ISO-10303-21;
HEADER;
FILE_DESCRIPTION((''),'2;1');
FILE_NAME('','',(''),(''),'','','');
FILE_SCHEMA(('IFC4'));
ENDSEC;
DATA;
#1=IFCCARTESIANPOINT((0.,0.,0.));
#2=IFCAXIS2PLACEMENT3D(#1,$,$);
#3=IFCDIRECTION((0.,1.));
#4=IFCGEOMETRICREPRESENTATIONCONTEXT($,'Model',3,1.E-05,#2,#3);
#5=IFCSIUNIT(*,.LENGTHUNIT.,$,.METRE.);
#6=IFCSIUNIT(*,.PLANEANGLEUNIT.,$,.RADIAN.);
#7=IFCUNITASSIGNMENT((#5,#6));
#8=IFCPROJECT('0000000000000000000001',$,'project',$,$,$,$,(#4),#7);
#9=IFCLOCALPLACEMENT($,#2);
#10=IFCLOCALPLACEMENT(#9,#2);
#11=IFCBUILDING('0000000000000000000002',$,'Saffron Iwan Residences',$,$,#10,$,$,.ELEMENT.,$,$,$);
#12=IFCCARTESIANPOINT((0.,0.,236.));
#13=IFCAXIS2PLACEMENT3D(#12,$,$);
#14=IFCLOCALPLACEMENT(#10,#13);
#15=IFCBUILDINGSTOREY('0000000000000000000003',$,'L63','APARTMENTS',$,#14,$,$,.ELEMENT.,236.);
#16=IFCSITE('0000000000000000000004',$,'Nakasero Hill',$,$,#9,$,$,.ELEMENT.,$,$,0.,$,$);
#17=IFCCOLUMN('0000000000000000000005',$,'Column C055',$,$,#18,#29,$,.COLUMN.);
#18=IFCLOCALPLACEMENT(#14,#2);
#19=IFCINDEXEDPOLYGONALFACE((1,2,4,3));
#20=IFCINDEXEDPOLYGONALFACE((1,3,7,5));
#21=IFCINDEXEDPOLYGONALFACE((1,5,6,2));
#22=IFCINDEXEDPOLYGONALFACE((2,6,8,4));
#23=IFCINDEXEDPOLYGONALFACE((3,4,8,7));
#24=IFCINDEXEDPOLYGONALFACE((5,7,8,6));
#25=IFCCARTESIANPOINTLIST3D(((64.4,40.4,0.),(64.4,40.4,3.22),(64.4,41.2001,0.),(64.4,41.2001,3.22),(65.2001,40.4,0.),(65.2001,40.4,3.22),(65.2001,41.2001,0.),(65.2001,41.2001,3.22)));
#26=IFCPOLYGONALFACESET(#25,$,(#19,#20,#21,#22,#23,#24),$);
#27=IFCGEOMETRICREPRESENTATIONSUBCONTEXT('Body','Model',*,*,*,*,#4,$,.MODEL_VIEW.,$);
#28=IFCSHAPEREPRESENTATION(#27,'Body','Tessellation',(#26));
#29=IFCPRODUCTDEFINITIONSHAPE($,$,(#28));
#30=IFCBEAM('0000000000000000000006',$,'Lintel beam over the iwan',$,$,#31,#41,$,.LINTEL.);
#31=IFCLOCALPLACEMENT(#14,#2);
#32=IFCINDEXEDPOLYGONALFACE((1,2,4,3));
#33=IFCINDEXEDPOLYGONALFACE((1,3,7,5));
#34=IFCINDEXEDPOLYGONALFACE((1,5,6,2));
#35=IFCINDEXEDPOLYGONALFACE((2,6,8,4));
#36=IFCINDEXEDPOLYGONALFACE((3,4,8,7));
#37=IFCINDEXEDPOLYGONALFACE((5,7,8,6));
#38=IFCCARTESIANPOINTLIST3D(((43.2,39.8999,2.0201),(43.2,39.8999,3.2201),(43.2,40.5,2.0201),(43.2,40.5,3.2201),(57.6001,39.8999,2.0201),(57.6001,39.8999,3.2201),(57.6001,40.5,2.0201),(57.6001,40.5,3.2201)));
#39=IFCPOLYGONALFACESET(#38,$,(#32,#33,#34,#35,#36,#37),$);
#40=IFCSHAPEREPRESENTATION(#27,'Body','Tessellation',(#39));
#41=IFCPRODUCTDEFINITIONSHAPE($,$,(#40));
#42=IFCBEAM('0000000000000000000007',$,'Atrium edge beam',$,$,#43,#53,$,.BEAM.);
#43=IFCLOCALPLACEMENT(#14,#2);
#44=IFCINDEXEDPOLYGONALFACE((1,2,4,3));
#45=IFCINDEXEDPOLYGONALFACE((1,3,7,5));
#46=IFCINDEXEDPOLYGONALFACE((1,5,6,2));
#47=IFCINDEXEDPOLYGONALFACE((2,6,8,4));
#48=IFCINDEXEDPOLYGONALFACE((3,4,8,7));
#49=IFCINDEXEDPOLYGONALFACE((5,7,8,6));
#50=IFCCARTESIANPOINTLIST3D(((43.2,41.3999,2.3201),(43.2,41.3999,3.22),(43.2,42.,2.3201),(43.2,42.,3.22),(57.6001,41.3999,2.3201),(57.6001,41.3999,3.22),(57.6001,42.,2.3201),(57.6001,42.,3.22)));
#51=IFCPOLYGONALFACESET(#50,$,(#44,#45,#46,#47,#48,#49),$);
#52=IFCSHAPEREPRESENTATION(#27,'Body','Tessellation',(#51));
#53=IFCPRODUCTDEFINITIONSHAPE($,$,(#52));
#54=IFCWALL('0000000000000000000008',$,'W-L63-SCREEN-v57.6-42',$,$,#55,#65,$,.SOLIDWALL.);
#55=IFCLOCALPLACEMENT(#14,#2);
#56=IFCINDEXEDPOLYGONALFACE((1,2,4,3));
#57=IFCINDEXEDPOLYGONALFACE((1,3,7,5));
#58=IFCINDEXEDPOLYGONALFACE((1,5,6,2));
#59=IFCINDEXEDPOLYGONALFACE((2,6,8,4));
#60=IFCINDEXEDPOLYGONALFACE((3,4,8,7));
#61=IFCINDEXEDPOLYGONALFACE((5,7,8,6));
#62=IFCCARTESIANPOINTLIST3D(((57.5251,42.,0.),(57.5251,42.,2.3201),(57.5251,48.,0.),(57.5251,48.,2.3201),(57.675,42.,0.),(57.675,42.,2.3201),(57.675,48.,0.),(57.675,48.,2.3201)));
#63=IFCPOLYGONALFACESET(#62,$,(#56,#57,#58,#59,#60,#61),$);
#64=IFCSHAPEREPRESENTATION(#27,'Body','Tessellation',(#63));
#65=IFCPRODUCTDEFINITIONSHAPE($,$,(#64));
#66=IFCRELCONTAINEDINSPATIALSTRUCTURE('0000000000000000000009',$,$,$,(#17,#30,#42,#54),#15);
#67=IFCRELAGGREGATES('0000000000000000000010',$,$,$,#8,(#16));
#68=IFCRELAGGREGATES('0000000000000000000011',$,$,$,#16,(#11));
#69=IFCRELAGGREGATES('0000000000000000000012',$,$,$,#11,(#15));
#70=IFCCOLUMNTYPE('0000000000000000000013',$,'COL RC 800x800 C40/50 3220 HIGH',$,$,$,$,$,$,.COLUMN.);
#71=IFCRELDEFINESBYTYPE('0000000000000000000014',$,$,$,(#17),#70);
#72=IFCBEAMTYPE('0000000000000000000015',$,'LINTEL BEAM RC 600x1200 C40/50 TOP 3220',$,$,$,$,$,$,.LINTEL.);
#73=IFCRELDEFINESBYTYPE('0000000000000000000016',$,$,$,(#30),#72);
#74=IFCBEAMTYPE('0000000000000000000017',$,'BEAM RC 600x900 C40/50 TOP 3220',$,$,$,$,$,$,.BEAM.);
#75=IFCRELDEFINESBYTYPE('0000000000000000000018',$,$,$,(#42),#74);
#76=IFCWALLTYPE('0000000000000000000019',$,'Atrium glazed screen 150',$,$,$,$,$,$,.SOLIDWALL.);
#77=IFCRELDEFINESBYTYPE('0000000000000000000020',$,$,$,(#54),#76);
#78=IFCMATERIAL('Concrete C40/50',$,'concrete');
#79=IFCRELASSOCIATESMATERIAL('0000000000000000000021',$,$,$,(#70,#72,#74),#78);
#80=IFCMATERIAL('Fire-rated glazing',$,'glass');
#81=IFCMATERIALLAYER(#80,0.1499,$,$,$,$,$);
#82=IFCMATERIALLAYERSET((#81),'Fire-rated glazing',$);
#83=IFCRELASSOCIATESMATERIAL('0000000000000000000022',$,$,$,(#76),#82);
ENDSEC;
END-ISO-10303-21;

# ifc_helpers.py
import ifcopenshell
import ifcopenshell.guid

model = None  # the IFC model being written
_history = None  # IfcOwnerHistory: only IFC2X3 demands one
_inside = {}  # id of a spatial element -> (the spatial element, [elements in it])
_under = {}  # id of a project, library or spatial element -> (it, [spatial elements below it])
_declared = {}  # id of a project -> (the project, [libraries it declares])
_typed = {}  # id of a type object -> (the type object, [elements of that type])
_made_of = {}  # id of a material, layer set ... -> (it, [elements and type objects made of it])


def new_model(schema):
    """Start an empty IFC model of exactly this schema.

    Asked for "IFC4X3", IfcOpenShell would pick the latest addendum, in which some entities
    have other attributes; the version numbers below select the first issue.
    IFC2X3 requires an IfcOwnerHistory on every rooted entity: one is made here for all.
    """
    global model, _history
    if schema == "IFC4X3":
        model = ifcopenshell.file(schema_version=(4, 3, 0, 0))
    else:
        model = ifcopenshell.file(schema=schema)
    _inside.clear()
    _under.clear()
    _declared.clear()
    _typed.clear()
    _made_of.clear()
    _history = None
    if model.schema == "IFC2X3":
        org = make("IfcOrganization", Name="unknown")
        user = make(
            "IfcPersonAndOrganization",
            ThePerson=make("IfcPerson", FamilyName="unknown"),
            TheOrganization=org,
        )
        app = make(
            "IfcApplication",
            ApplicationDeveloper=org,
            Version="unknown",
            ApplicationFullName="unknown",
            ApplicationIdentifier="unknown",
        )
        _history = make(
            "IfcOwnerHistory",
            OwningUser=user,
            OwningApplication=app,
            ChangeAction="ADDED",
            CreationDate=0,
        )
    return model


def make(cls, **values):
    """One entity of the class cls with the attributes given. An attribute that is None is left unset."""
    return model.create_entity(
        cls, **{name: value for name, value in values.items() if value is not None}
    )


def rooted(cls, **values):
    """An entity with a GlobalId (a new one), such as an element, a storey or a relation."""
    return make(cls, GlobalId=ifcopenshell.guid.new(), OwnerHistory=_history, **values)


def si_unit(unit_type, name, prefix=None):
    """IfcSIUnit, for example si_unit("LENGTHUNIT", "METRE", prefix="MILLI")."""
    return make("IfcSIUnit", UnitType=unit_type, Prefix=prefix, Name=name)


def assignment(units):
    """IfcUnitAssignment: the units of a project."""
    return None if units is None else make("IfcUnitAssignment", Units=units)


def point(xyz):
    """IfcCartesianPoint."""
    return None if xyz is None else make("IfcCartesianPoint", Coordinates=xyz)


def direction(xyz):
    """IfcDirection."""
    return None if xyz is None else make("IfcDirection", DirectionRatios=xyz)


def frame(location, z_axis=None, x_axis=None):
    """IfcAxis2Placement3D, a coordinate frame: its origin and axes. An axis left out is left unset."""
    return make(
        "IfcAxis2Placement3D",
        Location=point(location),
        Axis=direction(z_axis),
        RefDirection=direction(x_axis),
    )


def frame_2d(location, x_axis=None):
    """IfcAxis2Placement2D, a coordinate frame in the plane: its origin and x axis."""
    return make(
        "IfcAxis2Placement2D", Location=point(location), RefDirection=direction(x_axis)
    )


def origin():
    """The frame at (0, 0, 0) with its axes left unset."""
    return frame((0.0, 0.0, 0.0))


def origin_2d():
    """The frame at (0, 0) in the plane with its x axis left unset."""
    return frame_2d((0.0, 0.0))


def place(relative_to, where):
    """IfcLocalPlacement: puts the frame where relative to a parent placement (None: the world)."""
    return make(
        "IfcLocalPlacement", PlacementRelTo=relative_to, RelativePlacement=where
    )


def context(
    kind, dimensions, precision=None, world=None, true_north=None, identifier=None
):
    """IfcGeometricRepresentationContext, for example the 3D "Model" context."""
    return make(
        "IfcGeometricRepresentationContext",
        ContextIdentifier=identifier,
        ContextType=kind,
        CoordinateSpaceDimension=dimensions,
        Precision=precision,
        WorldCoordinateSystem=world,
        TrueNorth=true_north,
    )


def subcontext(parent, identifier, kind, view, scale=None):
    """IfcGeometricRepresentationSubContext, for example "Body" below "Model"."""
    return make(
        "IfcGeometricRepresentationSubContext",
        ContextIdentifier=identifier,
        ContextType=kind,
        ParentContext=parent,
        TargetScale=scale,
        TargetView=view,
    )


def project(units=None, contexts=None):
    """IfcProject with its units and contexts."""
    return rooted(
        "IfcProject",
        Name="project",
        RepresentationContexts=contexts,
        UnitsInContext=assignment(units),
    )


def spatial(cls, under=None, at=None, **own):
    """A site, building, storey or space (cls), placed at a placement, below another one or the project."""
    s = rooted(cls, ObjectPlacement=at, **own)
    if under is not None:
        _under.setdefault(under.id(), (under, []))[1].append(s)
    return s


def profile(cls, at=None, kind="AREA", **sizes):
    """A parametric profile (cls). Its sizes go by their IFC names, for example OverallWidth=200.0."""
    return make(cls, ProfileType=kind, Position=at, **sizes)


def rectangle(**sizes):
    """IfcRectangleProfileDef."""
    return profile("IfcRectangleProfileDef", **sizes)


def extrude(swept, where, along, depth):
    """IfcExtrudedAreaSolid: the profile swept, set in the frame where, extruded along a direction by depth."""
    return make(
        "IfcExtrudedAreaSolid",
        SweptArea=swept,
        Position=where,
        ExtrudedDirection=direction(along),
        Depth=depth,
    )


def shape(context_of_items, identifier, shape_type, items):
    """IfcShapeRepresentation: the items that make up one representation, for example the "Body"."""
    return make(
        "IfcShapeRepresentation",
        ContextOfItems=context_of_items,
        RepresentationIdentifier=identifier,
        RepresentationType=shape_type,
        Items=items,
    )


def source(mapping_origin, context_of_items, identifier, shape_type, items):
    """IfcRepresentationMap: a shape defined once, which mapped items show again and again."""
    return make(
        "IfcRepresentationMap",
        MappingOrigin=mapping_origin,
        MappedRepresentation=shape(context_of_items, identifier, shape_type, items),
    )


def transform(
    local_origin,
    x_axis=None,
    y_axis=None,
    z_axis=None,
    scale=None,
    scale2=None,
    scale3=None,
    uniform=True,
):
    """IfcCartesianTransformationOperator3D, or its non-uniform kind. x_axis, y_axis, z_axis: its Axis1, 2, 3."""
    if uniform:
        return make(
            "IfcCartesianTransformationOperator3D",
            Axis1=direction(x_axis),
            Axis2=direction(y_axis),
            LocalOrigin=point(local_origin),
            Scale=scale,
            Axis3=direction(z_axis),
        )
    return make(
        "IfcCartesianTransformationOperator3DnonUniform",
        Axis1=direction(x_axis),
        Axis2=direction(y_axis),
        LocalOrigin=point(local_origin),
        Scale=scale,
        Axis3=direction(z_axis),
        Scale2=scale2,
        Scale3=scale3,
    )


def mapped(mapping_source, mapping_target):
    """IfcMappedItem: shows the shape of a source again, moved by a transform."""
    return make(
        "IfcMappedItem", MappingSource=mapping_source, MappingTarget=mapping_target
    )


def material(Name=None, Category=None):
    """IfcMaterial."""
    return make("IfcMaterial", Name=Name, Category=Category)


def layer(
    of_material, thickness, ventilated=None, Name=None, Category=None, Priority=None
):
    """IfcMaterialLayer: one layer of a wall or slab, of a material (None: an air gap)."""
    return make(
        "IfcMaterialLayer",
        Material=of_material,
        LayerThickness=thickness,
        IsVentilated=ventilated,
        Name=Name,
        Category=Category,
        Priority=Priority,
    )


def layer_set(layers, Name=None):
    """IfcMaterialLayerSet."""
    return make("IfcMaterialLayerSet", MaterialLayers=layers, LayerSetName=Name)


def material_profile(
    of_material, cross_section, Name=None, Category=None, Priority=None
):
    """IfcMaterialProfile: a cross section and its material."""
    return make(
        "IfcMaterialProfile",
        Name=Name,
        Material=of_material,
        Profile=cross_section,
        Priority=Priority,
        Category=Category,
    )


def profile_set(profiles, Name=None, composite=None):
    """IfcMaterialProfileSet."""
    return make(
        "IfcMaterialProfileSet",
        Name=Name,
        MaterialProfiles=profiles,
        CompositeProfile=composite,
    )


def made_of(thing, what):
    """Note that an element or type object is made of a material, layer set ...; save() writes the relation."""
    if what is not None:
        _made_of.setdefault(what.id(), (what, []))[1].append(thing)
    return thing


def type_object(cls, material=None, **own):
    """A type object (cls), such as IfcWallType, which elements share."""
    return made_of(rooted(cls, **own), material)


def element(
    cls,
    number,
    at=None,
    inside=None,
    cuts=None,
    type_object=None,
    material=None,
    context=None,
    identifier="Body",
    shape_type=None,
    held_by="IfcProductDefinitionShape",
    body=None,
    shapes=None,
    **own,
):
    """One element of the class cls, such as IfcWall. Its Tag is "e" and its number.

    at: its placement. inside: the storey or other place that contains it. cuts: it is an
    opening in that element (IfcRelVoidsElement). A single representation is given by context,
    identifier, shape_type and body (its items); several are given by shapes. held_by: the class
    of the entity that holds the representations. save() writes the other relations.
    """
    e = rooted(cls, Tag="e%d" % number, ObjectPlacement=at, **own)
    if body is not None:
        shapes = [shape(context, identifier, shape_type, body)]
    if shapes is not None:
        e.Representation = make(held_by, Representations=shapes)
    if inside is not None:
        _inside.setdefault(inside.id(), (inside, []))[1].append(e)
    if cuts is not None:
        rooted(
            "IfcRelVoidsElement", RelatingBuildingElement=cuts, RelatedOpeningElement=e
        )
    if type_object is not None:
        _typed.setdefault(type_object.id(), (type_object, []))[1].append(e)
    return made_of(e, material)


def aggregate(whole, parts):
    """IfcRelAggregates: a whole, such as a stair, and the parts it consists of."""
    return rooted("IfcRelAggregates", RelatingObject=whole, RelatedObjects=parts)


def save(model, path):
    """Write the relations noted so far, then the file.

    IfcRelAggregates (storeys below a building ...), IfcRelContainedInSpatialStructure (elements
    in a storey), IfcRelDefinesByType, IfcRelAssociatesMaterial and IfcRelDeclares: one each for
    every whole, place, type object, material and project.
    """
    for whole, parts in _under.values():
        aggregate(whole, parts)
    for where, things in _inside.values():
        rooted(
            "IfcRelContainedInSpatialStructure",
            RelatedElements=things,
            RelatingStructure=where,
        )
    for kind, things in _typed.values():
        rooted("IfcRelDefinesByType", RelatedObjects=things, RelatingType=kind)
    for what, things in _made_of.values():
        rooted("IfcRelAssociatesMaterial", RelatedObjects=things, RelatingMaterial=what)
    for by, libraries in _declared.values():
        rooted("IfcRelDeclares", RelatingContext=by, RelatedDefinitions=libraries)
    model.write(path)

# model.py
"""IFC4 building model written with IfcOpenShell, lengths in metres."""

from ifc_helpers import new_model, si_unit, direction, frame, frame_2d, origin, origin_2d, place, context, subcontext, project, spatial, rectangle, extrude, source, transform, mapped, material, layer, layer_set, material_profile, profile_set, type_object, element, save


model = new_model("IFC4")

# Units and contexts
model_context = context("Model", 3, precision=1e-05, world=origin(), true_north=direction((0.0, 1.0)))
body_context = subcontext(model_context, "Body", "Model", "MODEL_VIEW")
ifc_project = project(units=[si_unit("LENGTHUNIT", "METRE"), si_unit("PLANEANGLEUNIT", "RADIAN")], contexts=[model_context])

# Site, building, storey
site_placement = place(None, origin())
site = spatial("IfcSite", under=ifc_project, at=site_placement, Name="Nakasero Hill", CompositionType="ELEMENT", RefElevation=0.0)
building_placement = place(site_placement, origin())
building = spatial("IfcBuilding", under=site, at=building_placement, Name="Saffron Iwan Residences", CompositionType="ELEMENT")
storey_placement = place(building_placement, frame((0.0, 0.0, 236.0)))
storey = spatial("IfcBuildingStorey", under=building, at=storey_placement, Name="L63", Description="APARTMENTS", CompositionType="ELEMENT", Elevation=236.0)

# Column
ifc_material_1 = material(Name="Concrete C40/50", Category="concrete")
ifc_material_profile_1 = material_profile(ifc_material_1, rectangle(XDim=0.8, YDim=0.8, at=origin_2d()), Name="RC 800x800")
ifc_profile_set_1 = profile_set([ifc_material_profile_1], Name="Concrete C40/50")
column_type = type_object("IfcColumnType", Name="COL RC 800x800 C40/50 3220 HIGH", PredefinedType="COLUMN", material=ifc_profile_set_1)
shared_shape_1 = source(origin(), body_context, "Body", "SweptSolid", [
    extrude(rectangle(XDim=0.8, YDim=0.8, at=origin_2d()), origin(), (0.0, 0.0, 1.0), 3.22),
])
column_placement = place(storey_placement, frame((64.8, 40.8, 0.0), z_axis=(0.0, 0.0, 1.0), x_axis=(1.0, 0.0, 0.0)))
element("IfcColumn", 1, at=column_placement, inside=storey, type_object=column_type, Name="Column C055", PredefinedType="COLUMN", context=body_context, shape_type="MappedRepresentation", body=[
    mapped(shared_shape_1, transform((0.0, 0.0, 0.0))),
])

# Beams
ifc_material_profile_2 = material_profile(ifc_material_1, rectangle(XDim=0.6001, YDim=1.2, at=origin_2d()), Name="RC 600x1200")
ifc_profile_set_2 = profile_set([ifc_material_profile_2], Name="Concrete C40/50")
beam_type_1 = type_object("IfcBeamType", Name="LINTEL BEAM RC 600x1200 C40/50 TOP 3220", PredefinedType="LINTEL", material=ifc_profile_set_2)
shared_shape_2 = source(origin(), body_context, "Body", "SweptSolid", [
    extrude(rectangle(XDim=0.6001, YDim=1.2, at=origin_2d()), origin(), (0.0, 0.0, 1.0), 14.4001),
])
beam_1_placement = place(storey_placement, frame((57.6001, 40.2, 2.6201), z_axis=(-1.0, 0.0, 0.0), x_axis=(0.0, -1.0, 0.0)))
element("IfcBeam", 2, at=beam_1_placement, inside=storey, type_object=beam_type_1, Name="Lintel beam over the iwan", PredefinedType="LINTEL", context=body_context, shape_type="MappedRepresentation", body=[
    mapped(shared_shape_2, transform((0.0, 0.0, 0.0))),
])
ifc_material_profile_3 = material_profile(ifc_material_1, rectangle(XDim=0.6001, YDim=0.8999, at=origin_2d()), Name="RC 600x900")
ifc_profile_set_3 = profile_set([ifc_material_profile_3], Name="Concrete C40/50")
beam_type_2 = type_object("IfcBeamType", Name="BEAM RC 600x900 C40/50 TOP 3220", PredefinedType="BEAM", material=ifc_profile_set_3)
shared_shape_3 = source(origin(), body_context, "Body", "SweptSolid", [
    extrude(rectangle(XDim=0.6001, YDim=0.8999, at=origin_2d()), origin(), (0.0, 0.0, 1.0), 14.4001),
])
beam_2_placement = place(storey_placement, frame((57.6001, 41.7, 2.77), z_axis=(-1.0, 0.0, 0.0), x_axis=(0.0, -1.0, 0.0)))
element("IfcBeam", 3, at=beam_2_placement, inside=storey, type_object=beam_type_2, Name="Atrium edge beam", PredefinedType="BEAM", context=body_context, shape_type="MappedRepresentation", body=[
    mapped(shared_shape_3, transform((0.0, 0.0, 0.0))),
])

# Wall
ifc_material_2 = material(Name="Fire-rated glazing", Category="glass")
ifc_layer_1 = layer(ifc_material_2, 0.1499)
ifc_layer_set_1 = layer_set([ifc_layer_1], Name="Fire-rated glazing")
wall_type_1 = type_object("IfcWallType", Name="Atrium glazed screen 150", PredefinedType="SOLIDWALL", material=ifc_layer_set_1)
wall_1_placement = place(storey_placement, frame((57.6001, 42.0, 0.0), z_axis=(0.0, 0.0, 1.0), x_axis=(0.0, 1.0, 0.0)))
element("IfcWall", 4, at=wall_1_placement, inside=storey, type_object=wall_type_1, Name="W-L63-SCREEN-v57.6-42", PredefinedType="SOLIDWALL", context=body_context, shape_type="SweptSolid", body=[
    extrude(rectangle(XDim=6.0, YDim=0.1499, at=frame_2d((3.0, 0.0))), origin(), (0.0, 0.0, 1.0), 2.3201),
])

save(model, "model.ifc")
